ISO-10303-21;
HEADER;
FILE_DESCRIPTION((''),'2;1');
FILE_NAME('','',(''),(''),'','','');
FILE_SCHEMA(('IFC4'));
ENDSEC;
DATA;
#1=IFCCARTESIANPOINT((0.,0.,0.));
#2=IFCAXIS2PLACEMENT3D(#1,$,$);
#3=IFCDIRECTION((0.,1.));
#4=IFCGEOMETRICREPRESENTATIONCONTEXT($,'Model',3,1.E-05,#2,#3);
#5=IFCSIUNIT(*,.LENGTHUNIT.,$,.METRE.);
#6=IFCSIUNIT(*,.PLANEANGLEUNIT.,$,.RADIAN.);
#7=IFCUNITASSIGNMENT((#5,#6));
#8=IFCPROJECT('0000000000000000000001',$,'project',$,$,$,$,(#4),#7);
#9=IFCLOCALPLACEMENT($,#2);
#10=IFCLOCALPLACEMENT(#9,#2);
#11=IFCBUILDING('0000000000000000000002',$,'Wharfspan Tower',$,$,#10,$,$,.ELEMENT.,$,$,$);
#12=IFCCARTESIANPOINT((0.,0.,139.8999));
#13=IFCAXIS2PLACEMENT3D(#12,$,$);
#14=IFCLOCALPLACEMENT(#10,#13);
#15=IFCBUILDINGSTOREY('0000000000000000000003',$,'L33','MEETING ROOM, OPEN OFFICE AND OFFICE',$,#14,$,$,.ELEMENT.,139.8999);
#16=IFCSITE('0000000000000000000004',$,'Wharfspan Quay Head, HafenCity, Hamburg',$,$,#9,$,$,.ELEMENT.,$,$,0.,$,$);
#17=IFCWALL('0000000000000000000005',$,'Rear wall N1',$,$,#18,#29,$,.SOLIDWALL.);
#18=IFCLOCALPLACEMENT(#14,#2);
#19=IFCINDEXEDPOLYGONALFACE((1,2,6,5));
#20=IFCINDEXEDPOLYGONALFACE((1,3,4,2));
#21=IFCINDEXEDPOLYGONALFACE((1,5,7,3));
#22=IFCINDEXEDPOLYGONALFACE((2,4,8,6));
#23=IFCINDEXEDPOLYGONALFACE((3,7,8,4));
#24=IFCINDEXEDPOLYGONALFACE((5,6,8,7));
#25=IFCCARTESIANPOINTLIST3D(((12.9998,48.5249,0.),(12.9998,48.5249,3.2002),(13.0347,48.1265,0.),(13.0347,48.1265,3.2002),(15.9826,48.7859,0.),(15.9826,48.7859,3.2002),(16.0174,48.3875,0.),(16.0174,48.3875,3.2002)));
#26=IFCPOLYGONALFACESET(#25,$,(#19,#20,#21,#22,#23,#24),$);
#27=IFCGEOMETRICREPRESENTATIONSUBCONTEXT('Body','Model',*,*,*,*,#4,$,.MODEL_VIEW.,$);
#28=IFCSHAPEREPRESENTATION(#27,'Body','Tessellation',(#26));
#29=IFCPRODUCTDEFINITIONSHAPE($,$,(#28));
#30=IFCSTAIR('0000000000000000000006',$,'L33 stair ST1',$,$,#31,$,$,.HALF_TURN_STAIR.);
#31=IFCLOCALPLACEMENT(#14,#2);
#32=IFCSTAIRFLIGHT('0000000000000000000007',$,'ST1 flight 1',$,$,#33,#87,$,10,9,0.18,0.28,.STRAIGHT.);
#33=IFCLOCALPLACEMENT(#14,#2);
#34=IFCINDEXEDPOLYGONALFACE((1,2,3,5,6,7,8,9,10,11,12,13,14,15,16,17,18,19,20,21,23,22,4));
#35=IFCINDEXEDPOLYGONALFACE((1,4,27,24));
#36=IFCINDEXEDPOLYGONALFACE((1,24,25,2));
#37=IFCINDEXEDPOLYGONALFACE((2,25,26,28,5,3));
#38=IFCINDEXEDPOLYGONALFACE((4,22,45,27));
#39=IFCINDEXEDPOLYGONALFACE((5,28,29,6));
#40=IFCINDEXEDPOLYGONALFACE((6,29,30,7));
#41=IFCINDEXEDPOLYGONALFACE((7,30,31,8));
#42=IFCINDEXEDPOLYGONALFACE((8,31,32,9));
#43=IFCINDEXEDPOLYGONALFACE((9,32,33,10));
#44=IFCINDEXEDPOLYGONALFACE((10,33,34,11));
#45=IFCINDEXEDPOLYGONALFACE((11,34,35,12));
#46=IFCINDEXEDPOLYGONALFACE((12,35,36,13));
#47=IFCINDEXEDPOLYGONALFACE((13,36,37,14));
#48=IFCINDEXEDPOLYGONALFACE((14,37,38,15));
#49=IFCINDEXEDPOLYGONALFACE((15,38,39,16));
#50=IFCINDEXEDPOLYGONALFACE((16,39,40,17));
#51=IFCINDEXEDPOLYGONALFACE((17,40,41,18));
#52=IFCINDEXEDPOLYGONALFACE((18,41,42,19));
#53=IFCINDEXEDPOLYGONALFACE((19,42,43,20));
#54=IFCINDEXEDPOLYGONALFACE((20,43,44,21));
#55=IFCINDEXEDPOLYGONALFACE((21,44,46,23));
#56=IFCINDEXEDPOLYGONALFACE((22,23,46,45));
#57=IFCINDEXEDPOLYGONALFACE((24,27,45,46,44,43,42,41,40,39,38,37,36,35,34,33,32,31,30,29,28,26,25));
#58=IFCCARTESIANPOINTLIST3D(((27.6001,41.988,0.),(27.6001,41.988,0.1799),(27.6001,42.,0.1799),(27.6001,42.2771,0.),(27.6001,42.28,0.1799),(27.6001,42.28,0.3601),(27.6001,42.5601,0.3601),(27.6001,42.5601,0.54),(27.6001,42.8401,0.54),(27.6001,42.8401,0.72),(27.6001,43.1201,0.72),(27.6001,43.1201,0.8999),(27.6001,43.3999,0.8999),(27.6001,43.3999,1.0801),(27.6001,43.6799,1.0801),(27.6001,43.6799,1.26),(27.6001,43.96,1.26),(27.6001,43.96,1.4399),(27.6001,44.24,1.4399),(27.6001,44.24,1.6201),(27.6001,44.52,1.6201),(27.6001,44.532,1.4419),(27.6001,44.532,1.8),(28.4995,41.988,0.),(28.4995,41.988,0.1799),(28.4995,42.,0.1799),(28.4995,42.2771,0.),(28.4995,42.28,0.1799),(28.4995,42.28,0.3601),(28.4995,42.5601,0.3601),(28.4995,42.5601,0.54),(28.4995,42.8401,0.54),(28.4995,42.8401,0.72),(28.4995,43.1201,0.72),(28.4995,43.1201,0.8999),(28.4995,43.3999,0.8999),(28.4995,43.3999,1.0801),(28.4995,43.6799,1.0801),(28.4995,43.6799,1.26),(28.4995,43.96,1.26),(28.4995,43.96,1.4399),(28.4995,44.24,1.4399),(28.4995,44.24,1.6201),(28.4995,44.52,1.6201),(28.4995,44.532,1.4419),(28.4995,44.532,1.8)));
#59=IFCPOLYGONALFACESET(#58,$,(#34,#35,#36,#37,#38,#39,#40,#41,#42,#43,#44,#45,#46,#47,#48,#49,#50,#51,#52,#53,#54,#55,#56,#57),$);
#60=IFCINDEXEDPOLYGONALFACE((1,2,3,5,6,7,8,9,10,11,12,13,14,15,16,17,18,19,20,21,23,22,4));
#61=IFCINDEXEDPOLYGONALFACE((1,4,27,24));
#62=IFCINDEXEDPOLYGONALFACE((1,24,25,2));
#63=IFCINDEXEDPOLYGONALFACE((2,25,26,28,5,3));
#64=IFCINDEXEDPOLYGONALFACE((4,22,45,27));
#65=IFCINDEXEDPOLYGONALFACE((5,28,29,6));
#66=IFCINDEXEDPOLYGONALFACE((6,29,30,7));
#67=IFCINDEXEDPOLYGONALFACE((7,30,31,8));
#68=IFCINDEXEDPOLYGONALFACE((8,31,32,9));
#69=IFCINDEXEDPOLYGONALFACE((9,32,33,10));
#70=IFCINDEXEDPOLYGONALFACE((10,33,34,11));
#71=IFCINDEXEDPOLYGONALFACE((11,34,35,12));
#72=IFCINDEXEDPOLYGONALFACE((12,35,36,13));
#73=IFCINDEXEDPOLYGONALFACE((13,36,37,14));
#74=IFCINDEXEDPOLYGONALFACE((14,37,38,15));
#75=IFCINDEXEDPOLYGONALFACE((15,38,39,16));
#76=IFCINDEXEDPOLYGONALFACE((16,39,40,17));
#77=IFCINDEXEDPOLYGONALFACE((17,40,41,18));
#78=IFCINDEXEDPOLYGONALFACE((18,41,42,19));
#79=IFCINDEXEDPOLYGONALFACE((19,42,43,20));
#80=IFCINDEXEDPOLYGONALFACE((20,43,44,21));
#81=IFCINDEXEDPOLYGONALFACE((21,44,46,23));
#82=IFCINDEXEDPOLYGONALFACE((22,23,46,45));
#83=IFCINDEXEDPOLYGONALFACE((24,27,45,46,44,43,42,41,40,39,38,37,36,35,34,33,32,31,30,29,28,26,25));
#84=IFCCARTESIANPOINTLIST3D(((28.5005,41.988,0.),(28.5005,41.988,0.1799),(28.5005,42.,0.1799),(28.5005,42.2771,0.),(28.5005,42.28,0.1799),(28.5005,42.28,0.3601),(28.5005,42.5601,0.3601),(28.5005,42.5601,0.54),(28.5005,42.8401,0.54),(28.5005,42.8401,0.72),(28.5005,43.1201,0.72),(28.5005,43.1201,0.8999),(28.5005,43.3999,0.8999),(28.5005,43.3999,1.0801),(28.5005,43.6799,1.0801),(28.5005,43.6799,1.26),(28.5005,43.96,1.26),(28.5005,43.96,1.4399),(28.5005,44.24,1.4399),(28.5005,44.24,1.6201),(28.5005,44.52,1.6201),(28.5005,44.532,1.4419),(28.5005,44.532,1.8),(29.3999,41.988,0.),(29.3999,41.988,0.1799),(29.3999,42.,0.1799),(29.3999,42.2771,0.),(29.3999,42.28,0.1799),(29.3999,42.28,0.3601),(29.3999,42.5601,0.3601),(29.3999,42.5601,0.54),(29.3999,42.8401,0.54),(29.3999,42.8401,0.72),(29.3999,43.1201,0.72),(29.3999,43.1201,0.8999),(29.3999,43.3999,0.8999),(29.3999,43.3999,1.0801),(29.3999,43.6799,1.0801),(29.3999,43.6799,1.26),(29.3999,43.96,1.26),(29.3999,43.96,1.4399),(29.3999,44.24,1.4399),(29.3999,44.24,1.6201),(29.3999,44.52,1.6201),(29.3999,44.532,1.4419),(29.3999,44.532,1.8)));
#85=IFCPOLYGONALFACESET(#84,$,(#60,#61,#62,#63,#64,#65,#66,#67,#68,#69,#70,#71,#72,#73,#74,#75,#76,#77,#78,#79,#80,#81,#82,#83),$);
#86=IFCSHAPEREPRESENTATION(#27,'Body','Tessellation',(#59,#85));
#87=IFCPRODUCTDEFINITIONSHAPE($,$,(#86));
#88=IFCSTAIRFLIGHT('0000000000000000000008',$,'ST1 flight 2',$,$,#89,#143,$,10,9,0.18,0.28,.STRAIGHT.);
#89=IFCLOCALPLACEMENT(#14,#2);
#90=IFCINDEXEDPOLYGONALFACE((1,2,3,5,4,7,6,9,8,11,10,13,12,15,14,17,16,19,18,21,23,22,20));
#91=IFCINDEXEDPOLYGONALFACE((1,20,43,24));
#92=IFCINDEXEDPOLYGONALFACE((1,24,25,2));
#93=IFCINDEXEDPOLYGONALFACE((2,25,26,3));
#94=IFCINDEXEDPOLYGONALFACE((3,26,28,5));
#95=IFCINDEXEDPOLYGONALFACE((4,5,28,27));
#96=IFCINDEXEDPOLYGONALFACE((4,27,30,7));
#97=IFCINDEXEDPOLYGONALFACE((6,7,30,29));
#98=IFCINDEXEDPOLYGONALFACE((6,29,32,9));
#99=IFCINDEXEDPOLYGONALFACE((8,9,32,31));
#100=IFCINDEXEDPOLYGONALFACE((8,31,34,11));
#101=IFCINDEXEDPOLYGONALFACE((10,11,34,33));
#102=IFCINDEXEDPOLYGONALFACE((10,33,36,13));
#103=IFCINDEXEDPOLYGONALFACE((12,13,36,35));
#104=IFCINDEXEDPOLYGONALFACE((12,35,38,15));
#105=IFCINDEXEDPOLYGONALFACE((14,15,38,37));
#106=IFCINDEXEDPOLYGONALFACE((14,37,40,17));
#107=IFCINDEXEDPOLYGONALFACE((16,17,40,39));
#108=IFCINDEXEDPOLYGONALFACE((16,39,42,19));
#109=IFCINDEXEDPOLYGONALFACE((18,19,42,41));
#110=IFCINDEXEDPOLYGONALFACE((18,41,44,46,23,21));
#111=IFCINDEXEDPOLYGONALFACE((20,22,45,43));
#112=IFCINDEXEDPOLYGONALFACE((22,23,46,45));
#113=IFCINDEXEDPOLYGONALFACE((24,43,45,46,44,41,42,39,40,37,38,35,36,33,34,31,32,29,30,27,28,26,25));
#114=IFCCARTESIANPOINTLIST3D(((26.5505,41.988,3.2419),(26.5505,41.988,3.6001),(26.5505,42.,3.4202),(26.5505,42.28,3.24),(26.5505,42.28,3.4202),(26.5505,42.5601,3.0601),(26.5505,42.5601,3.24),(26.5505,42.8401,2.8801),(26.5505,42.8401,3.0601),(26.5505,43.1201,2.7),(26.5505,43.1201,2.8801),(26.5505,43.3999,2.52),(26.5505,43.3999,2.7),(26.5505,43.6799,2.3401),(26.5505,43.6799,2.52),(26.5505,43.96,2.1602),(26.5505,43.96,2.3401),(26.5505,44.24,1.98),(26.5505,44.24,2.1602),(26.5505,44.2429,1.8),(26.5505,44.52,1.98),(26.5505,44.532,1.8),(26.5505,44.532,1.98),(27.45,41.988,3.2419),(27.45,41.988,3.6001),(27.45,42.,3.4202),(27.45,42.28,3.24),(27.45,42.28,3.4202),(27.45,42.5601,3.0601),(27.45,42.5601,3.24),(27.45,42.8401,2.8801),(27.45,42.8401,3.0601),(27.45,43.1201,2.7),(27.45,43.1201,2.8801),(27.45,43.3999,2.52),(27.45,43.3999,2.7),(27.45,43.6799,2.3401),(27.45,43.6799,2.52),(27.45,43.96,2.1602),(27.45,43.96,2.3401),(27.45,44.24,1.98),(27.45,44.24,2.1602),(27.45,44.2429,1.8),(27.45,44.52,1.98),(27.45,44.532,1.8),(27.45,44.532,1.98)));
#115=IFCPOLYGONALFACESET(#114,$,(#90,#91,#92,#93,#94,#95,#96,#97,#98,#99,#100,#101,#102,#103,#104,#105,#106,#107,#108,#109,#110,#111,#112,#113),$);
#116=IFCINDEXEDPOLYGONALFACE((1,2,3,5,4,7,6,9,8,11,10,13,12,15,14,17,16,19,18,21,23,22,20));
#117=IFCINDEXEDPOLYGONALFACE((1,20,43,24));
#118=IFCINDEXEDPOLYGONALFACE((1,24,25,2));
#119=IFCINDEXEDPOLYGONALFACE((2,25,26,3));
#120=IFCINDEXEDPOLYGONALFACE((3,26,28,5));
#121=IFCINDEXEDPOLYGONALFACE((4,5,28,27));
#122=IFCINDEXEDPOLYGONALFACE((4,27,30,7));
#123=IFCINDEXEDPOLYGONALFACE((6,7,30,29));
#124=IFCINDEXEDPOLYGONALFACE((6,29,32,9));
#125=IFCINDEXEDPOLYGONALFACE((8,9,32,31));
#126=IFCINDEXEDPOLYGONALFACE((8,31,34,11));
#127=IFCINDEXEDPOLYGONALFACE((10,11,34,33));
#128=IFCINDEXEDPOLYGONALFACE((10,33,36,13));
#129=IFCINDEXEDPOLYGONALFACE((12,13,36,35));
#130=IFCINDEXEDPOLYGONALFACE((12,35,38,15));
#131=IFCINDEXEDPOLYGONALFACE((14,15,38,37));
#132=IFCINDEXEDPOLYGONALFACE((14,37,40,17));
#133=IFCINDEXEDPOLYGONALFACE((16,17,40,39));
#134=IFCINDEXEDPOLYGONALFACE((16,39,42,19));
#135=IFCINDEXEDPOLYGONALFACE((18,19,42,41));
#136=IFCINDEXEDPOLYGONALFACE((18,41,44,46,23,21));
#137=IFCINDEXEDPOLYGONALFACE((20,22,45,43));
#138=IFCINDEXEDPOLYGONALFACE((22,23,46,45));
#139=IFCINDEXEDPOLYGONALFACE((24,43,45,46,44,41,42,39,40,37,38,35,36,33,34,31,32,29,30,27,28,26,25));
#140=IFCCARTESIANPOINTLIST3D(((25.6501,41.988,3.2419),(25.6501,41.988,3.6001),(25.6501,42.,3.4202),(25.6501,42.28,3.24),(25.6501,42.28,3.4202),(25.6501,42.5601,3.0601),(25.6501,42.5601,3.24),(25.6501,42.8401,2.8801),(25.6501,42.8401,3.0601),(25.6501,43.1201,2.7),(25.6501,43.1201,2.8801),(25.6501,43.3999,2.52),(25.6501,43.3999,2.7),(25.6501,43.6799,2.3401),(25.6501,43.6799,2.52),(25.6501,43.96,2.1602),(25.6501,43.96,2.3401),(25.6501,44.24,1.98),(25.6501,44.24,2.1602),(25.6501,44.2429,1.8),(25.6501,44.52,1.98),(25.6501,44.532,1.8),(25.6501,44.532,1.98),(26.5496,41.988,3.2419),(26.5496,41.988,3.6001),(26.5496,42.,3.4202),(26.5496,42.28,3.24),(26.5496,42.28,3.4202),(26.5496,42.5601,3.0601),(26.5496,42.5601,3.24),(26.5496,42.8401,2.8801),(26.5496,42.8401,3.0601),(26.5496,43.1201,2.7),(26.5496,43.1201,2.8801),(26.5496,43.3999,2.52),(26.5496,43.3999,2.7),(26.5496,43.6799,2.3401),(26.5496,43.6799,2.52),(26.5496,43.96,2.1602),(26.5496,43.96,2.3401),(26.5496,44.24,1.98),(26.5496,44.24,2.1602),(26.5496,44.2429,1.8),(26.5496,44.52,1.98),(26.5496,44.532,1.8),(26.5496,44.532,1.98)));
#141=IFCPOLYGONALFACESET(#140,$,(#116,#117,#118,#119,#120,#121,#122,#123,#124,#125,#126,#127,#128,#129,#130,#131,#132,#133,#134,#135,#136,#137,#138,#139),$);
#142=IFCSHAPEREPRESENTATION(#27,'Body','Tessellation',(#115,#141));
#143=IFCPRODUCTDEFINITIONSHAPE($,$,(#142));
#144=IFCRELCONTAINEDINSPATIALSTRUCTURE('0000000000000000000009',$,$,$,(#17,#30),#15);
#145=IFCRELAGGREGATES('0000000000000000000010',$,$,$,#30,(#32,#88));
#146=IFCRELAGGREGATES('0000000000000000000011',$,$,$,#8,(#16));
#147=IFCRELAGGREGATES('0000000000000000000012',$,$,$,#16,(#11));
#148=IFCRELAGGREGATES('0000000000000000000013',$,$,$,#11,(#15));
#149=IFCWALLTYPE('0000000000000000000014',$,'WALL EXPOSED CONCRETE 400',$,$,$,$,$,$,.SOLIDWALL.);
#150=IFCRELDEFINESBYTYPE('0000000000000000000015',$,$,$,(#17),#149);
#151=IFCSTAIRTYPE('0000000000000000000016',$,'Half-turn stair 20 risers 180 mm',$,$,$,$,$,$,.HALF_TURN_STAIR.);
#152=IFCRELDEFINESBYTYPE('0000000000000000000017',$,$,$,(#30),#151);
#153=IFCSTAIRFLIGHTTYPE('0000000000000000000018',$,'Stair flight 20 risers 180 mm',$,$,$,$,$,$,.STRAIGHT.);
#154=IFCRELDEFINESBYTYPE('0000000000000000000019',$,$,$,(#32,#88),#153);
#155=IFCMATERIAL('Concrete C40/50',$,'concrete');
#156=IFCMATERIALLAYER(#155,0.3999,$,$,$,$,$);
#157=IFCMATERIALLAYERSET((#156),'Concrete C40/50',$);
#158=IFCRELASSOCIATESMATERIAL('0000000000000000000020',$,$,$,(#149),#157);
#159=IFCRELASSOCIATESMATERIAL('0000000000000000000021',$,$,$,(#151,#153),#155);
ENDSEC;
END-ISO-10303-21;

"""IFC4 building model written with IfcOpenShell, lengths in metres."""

from ifc_helpers import new_model, si_unit, direction, frame, frame_2d, origin, place, context, subcontext, project, spatial, polyline, rectangle, outline, extrude, material, layer, layer_set, type_object, element, aggregate, save


model = new_model("IFC4")

# Units and contexts
model_context = context("Model", 3, precision=1e-05, world=origin(), true_north=direction((0.0, 1.0)))
body_context = subcontext(model_context, "Body", "Model", "MODEL_VIEW")
ifc_project = project(units=[si_unit("LENGTHUNIT", "METRE"), si_unit("PLANEANGLEUNIT", "RADIAN")], contexts=[model_context])

# Site, building, storey
site_placement = place(None, origin())
site = spatial("IfcSite", under=ifc_project, at=site_placement, Name="Wharfspan Quay Head, HafenCity, Hamburg", CompositionType="ELEMENT", RefElevation=0.0)
building_placement = place(site_placement, origin())
building = spatial("IfcBuilding", under=site, at=building_placement, Name="Wharfspan Tower", CompositionType="ELEMENT")
storey_placement = place(building_placement, frame((0.0, 0.0, 139.8999)))
storey = spatial("IfcBuildingStorey", under=building, at=storey_placement, Name="L33", Description="MEETING ROOM, OPEN OFFICE AND OFFICE", CompositionType="ELEMENT", Elevation=139.8999)

# Wall
ifc_material_1 = material(Name="Concrete C40/50", Category="concrete")
ifc_layer_1 = layer(ifc_material_1, 0.3999)
ifc_layer_set_1 = layer_set([ifc_layer_1], Name="Concrete C40/50")
wall_type_1 = type_object("IfcWallType", Name="WALL EXPOSED CONCRETE 400", PredefinedType="SOLIDWALL", material=ifc_layer_set_1)
wall_1_placement = place(storey_placement, frame((16.0, 48.5867, 0.0), z_axis=(0.0, 0.0, 1.0), x_axis=(-0.996194, -0.087168, 0.0)))
element("IfcWall", 1, at=wall_1_placement, inside=storey, type_object=wall_type_1, Name="Rear wall N1", PredefinedType="SOLIDWALL", context=body_context, shape_type="SweptSolid", body=[
    extrude(rectangle(XDim=2.9941, YDim=0.3999, at=frame_2d((1.4971, 0.0))), origin(), (0.0, 0.0, 1.0), 3.2002),
])

# Stair, stair flights
stair_type = type_object("IfcStairType", Name="Half-turn stair 20 risers 180 mm", PredefinedType="HALF_TURN_STAIR", material=ifc_material_1)
stair_placement = place(storey_placement, origin())
stair = element("IfcStair", 2, at=stair_placement, inside=storey, type_object=stair_type, Name="L33 stair ST1", PredefinedType="HALF_TURN_STAIR")
stair_flight_type = type_object("IfcStairFlightType", Name="Stair flight 20 risers 180 mm", PredefinedType="STRAIGHT", material=ifc_material_1)
stair_flight_1_placement = place(storey_placement, frame((28.5, 42.0, 0.0), z_axis=(0.0, 0.0, 1.0), x_axis=(0.0, 1.0, 0.0)))
stair_flight_1 = element("IfcStairFlight", 3, at=stair_flight_1_placement, type_object=stair_flight_type, Name="ST1 flight 1", NumberOfRisers=10, NumberOfTreads=9, PredefinedType="STRAIGHT", RiserHeight=0.18, TreadLength=0.28, context=body_context, shape_type="SweptSolid", body=[
    extrude(outline(polyline([(-0.012, 0.0), (-0.012, 0.1799), (0.0, 0.1799), (0.28, 0.1799), (0.28, 0.3601), (0.5601, 0.3601), (0.5601, 0.54), (0.8401, 0.54), (0.8401, 0.72), (1.1201, 0.72), (1.1201, 0.8999), (1.3999, 0.8999), (1.3999, 1.0801), (1.6799, 1.0801), (1.6799, 1.26), (1.96, 1.26), (1.96, 1.4399), (2.24, 1.4399), (2.24, 1.6201), (2.52, 1.6201), (2.532, 1.8), (2.532, 1.4419), (0.2771, 0.0), (-0.012, 0.0)])), frame((0.0, 0.8999, 0.0), z_axis=(0.0, -1.0, 0.0), x_axis=(1.0, 0.0, 0.0)), (0.0, 0.0, 1.0), 0.8994),
    extrude(outline(polyline([(-0.012, 0.0), (-0.012, 0.1799), (0.0, 0.1799), (0.28, 0.1799), (0.28, 0.3601), (0.5601, 0.3601), (0.5601, 0.54), (0.8401, 0.54), (0.8401, 0.72), (1.1201, 0.72), (1.1201, 0.8999), (1.3999, 0.8999), (1.3999, 1.0801), (1.6799, 1.0801), (1.6799, 1.26), (1.96, 1.26), (1.96, 1.4399), (2.24, 1.4399), (2.24, 1.6201), (2.52, 1.6201), (2.532, 1.8), (2.532, 1.4419), (0.2771, 0.0), (-0.012, 0.0)])), frame((0.0, -0.0005, 0.0), z_axis=(0.0, -1.0, 0.0), x_axis=(1.0, 0.0, 0.0)), (0.0, 0.0, 1.0), 0.8994),
])
stair_flight_2_placement = place(storey_placement, frame((26.55, 44.52, 1.8), z_axis=(0.0, 0.0, 1.0), x_axis=(0.0, -1.0, 0.0)))
stair_flight_2 = element("IfcStairFlight", 4, at=stair_flight_2_placement, type_object=stair_flight_type, Name="ST1 flight 2", NumberOfRisers=10, NumberOfTreads=9, PredefinedType="STRAIGHT", RiserHeight=0.18, TreadLength=0.28, context=body_context, shape_type="SweptSolid", body=[
    extrude(outline(polyline([(-0.012, 0.0), (-0.012, 0.1799), (0.0, 0.1799), (0.28, 0.1799), (0.28, 0.3601), (0.5601, 0.3601), (0.5601, 0.54), (0.8401, 0.54), (0.8401, 0.72), (1.1201, 0.72), (1.1201, 0.8999), (1.3999, 0.8999), (1.3999, 1.0801), (1.6799, 1.0801), (1.6799, 1.26), (1.96, 1.26), (1.96, 1.4399), (2.24, 1.4399), (2.24, 1.6201), (2.52, 1.6201), (2.532, 1.8), (2.532, 1.4419), (0.2771, 0.0), (-0.012, 0.0)])), frame((0.0, 0.8999, 0.0), z_axis=(0.0, -1.0, 0.0), x_axis=(1.0, 0.0, 0.0)), (0.0, 0.0, 1.0), 0.8994),
    extrude(outline(polyline([(-0.012, 0.0), (-0.012, 0.1799), (0.0, 0.1799), (0.28, 0.1799), (0.28, 0.3601), (0.5601, 0.3601), (0.5601, 0.54), (0.8401, 0.54), (0.8401, 0.72), (1.1201, 0.72), (1.1201, 0.8999), (1.3999, 0.8999), (1.3999, 1.0801), (1.6799, 1.0801), (1.6799, 1.26), (1.96, 1.26), (1.96, 1.4399), (2.24, 1.4399), (2.24, 1.6201), (2.52, 1.6201), (2.532, 1.8), (2.532, 1.4419), (0.2771, 0.0), (-0.012, 0.0)])), frame((0.0, -0.0005, 0.0), z_axis=(0.0, -1.0, 0.0), x_axis=(1.0, 0.0, 0.0)), (0.0, 0.0, 1.0), 0.8994),
])
aggregate(stair, [stair_flight_1, stair_flight_2])

save(model, "model.ifc")
